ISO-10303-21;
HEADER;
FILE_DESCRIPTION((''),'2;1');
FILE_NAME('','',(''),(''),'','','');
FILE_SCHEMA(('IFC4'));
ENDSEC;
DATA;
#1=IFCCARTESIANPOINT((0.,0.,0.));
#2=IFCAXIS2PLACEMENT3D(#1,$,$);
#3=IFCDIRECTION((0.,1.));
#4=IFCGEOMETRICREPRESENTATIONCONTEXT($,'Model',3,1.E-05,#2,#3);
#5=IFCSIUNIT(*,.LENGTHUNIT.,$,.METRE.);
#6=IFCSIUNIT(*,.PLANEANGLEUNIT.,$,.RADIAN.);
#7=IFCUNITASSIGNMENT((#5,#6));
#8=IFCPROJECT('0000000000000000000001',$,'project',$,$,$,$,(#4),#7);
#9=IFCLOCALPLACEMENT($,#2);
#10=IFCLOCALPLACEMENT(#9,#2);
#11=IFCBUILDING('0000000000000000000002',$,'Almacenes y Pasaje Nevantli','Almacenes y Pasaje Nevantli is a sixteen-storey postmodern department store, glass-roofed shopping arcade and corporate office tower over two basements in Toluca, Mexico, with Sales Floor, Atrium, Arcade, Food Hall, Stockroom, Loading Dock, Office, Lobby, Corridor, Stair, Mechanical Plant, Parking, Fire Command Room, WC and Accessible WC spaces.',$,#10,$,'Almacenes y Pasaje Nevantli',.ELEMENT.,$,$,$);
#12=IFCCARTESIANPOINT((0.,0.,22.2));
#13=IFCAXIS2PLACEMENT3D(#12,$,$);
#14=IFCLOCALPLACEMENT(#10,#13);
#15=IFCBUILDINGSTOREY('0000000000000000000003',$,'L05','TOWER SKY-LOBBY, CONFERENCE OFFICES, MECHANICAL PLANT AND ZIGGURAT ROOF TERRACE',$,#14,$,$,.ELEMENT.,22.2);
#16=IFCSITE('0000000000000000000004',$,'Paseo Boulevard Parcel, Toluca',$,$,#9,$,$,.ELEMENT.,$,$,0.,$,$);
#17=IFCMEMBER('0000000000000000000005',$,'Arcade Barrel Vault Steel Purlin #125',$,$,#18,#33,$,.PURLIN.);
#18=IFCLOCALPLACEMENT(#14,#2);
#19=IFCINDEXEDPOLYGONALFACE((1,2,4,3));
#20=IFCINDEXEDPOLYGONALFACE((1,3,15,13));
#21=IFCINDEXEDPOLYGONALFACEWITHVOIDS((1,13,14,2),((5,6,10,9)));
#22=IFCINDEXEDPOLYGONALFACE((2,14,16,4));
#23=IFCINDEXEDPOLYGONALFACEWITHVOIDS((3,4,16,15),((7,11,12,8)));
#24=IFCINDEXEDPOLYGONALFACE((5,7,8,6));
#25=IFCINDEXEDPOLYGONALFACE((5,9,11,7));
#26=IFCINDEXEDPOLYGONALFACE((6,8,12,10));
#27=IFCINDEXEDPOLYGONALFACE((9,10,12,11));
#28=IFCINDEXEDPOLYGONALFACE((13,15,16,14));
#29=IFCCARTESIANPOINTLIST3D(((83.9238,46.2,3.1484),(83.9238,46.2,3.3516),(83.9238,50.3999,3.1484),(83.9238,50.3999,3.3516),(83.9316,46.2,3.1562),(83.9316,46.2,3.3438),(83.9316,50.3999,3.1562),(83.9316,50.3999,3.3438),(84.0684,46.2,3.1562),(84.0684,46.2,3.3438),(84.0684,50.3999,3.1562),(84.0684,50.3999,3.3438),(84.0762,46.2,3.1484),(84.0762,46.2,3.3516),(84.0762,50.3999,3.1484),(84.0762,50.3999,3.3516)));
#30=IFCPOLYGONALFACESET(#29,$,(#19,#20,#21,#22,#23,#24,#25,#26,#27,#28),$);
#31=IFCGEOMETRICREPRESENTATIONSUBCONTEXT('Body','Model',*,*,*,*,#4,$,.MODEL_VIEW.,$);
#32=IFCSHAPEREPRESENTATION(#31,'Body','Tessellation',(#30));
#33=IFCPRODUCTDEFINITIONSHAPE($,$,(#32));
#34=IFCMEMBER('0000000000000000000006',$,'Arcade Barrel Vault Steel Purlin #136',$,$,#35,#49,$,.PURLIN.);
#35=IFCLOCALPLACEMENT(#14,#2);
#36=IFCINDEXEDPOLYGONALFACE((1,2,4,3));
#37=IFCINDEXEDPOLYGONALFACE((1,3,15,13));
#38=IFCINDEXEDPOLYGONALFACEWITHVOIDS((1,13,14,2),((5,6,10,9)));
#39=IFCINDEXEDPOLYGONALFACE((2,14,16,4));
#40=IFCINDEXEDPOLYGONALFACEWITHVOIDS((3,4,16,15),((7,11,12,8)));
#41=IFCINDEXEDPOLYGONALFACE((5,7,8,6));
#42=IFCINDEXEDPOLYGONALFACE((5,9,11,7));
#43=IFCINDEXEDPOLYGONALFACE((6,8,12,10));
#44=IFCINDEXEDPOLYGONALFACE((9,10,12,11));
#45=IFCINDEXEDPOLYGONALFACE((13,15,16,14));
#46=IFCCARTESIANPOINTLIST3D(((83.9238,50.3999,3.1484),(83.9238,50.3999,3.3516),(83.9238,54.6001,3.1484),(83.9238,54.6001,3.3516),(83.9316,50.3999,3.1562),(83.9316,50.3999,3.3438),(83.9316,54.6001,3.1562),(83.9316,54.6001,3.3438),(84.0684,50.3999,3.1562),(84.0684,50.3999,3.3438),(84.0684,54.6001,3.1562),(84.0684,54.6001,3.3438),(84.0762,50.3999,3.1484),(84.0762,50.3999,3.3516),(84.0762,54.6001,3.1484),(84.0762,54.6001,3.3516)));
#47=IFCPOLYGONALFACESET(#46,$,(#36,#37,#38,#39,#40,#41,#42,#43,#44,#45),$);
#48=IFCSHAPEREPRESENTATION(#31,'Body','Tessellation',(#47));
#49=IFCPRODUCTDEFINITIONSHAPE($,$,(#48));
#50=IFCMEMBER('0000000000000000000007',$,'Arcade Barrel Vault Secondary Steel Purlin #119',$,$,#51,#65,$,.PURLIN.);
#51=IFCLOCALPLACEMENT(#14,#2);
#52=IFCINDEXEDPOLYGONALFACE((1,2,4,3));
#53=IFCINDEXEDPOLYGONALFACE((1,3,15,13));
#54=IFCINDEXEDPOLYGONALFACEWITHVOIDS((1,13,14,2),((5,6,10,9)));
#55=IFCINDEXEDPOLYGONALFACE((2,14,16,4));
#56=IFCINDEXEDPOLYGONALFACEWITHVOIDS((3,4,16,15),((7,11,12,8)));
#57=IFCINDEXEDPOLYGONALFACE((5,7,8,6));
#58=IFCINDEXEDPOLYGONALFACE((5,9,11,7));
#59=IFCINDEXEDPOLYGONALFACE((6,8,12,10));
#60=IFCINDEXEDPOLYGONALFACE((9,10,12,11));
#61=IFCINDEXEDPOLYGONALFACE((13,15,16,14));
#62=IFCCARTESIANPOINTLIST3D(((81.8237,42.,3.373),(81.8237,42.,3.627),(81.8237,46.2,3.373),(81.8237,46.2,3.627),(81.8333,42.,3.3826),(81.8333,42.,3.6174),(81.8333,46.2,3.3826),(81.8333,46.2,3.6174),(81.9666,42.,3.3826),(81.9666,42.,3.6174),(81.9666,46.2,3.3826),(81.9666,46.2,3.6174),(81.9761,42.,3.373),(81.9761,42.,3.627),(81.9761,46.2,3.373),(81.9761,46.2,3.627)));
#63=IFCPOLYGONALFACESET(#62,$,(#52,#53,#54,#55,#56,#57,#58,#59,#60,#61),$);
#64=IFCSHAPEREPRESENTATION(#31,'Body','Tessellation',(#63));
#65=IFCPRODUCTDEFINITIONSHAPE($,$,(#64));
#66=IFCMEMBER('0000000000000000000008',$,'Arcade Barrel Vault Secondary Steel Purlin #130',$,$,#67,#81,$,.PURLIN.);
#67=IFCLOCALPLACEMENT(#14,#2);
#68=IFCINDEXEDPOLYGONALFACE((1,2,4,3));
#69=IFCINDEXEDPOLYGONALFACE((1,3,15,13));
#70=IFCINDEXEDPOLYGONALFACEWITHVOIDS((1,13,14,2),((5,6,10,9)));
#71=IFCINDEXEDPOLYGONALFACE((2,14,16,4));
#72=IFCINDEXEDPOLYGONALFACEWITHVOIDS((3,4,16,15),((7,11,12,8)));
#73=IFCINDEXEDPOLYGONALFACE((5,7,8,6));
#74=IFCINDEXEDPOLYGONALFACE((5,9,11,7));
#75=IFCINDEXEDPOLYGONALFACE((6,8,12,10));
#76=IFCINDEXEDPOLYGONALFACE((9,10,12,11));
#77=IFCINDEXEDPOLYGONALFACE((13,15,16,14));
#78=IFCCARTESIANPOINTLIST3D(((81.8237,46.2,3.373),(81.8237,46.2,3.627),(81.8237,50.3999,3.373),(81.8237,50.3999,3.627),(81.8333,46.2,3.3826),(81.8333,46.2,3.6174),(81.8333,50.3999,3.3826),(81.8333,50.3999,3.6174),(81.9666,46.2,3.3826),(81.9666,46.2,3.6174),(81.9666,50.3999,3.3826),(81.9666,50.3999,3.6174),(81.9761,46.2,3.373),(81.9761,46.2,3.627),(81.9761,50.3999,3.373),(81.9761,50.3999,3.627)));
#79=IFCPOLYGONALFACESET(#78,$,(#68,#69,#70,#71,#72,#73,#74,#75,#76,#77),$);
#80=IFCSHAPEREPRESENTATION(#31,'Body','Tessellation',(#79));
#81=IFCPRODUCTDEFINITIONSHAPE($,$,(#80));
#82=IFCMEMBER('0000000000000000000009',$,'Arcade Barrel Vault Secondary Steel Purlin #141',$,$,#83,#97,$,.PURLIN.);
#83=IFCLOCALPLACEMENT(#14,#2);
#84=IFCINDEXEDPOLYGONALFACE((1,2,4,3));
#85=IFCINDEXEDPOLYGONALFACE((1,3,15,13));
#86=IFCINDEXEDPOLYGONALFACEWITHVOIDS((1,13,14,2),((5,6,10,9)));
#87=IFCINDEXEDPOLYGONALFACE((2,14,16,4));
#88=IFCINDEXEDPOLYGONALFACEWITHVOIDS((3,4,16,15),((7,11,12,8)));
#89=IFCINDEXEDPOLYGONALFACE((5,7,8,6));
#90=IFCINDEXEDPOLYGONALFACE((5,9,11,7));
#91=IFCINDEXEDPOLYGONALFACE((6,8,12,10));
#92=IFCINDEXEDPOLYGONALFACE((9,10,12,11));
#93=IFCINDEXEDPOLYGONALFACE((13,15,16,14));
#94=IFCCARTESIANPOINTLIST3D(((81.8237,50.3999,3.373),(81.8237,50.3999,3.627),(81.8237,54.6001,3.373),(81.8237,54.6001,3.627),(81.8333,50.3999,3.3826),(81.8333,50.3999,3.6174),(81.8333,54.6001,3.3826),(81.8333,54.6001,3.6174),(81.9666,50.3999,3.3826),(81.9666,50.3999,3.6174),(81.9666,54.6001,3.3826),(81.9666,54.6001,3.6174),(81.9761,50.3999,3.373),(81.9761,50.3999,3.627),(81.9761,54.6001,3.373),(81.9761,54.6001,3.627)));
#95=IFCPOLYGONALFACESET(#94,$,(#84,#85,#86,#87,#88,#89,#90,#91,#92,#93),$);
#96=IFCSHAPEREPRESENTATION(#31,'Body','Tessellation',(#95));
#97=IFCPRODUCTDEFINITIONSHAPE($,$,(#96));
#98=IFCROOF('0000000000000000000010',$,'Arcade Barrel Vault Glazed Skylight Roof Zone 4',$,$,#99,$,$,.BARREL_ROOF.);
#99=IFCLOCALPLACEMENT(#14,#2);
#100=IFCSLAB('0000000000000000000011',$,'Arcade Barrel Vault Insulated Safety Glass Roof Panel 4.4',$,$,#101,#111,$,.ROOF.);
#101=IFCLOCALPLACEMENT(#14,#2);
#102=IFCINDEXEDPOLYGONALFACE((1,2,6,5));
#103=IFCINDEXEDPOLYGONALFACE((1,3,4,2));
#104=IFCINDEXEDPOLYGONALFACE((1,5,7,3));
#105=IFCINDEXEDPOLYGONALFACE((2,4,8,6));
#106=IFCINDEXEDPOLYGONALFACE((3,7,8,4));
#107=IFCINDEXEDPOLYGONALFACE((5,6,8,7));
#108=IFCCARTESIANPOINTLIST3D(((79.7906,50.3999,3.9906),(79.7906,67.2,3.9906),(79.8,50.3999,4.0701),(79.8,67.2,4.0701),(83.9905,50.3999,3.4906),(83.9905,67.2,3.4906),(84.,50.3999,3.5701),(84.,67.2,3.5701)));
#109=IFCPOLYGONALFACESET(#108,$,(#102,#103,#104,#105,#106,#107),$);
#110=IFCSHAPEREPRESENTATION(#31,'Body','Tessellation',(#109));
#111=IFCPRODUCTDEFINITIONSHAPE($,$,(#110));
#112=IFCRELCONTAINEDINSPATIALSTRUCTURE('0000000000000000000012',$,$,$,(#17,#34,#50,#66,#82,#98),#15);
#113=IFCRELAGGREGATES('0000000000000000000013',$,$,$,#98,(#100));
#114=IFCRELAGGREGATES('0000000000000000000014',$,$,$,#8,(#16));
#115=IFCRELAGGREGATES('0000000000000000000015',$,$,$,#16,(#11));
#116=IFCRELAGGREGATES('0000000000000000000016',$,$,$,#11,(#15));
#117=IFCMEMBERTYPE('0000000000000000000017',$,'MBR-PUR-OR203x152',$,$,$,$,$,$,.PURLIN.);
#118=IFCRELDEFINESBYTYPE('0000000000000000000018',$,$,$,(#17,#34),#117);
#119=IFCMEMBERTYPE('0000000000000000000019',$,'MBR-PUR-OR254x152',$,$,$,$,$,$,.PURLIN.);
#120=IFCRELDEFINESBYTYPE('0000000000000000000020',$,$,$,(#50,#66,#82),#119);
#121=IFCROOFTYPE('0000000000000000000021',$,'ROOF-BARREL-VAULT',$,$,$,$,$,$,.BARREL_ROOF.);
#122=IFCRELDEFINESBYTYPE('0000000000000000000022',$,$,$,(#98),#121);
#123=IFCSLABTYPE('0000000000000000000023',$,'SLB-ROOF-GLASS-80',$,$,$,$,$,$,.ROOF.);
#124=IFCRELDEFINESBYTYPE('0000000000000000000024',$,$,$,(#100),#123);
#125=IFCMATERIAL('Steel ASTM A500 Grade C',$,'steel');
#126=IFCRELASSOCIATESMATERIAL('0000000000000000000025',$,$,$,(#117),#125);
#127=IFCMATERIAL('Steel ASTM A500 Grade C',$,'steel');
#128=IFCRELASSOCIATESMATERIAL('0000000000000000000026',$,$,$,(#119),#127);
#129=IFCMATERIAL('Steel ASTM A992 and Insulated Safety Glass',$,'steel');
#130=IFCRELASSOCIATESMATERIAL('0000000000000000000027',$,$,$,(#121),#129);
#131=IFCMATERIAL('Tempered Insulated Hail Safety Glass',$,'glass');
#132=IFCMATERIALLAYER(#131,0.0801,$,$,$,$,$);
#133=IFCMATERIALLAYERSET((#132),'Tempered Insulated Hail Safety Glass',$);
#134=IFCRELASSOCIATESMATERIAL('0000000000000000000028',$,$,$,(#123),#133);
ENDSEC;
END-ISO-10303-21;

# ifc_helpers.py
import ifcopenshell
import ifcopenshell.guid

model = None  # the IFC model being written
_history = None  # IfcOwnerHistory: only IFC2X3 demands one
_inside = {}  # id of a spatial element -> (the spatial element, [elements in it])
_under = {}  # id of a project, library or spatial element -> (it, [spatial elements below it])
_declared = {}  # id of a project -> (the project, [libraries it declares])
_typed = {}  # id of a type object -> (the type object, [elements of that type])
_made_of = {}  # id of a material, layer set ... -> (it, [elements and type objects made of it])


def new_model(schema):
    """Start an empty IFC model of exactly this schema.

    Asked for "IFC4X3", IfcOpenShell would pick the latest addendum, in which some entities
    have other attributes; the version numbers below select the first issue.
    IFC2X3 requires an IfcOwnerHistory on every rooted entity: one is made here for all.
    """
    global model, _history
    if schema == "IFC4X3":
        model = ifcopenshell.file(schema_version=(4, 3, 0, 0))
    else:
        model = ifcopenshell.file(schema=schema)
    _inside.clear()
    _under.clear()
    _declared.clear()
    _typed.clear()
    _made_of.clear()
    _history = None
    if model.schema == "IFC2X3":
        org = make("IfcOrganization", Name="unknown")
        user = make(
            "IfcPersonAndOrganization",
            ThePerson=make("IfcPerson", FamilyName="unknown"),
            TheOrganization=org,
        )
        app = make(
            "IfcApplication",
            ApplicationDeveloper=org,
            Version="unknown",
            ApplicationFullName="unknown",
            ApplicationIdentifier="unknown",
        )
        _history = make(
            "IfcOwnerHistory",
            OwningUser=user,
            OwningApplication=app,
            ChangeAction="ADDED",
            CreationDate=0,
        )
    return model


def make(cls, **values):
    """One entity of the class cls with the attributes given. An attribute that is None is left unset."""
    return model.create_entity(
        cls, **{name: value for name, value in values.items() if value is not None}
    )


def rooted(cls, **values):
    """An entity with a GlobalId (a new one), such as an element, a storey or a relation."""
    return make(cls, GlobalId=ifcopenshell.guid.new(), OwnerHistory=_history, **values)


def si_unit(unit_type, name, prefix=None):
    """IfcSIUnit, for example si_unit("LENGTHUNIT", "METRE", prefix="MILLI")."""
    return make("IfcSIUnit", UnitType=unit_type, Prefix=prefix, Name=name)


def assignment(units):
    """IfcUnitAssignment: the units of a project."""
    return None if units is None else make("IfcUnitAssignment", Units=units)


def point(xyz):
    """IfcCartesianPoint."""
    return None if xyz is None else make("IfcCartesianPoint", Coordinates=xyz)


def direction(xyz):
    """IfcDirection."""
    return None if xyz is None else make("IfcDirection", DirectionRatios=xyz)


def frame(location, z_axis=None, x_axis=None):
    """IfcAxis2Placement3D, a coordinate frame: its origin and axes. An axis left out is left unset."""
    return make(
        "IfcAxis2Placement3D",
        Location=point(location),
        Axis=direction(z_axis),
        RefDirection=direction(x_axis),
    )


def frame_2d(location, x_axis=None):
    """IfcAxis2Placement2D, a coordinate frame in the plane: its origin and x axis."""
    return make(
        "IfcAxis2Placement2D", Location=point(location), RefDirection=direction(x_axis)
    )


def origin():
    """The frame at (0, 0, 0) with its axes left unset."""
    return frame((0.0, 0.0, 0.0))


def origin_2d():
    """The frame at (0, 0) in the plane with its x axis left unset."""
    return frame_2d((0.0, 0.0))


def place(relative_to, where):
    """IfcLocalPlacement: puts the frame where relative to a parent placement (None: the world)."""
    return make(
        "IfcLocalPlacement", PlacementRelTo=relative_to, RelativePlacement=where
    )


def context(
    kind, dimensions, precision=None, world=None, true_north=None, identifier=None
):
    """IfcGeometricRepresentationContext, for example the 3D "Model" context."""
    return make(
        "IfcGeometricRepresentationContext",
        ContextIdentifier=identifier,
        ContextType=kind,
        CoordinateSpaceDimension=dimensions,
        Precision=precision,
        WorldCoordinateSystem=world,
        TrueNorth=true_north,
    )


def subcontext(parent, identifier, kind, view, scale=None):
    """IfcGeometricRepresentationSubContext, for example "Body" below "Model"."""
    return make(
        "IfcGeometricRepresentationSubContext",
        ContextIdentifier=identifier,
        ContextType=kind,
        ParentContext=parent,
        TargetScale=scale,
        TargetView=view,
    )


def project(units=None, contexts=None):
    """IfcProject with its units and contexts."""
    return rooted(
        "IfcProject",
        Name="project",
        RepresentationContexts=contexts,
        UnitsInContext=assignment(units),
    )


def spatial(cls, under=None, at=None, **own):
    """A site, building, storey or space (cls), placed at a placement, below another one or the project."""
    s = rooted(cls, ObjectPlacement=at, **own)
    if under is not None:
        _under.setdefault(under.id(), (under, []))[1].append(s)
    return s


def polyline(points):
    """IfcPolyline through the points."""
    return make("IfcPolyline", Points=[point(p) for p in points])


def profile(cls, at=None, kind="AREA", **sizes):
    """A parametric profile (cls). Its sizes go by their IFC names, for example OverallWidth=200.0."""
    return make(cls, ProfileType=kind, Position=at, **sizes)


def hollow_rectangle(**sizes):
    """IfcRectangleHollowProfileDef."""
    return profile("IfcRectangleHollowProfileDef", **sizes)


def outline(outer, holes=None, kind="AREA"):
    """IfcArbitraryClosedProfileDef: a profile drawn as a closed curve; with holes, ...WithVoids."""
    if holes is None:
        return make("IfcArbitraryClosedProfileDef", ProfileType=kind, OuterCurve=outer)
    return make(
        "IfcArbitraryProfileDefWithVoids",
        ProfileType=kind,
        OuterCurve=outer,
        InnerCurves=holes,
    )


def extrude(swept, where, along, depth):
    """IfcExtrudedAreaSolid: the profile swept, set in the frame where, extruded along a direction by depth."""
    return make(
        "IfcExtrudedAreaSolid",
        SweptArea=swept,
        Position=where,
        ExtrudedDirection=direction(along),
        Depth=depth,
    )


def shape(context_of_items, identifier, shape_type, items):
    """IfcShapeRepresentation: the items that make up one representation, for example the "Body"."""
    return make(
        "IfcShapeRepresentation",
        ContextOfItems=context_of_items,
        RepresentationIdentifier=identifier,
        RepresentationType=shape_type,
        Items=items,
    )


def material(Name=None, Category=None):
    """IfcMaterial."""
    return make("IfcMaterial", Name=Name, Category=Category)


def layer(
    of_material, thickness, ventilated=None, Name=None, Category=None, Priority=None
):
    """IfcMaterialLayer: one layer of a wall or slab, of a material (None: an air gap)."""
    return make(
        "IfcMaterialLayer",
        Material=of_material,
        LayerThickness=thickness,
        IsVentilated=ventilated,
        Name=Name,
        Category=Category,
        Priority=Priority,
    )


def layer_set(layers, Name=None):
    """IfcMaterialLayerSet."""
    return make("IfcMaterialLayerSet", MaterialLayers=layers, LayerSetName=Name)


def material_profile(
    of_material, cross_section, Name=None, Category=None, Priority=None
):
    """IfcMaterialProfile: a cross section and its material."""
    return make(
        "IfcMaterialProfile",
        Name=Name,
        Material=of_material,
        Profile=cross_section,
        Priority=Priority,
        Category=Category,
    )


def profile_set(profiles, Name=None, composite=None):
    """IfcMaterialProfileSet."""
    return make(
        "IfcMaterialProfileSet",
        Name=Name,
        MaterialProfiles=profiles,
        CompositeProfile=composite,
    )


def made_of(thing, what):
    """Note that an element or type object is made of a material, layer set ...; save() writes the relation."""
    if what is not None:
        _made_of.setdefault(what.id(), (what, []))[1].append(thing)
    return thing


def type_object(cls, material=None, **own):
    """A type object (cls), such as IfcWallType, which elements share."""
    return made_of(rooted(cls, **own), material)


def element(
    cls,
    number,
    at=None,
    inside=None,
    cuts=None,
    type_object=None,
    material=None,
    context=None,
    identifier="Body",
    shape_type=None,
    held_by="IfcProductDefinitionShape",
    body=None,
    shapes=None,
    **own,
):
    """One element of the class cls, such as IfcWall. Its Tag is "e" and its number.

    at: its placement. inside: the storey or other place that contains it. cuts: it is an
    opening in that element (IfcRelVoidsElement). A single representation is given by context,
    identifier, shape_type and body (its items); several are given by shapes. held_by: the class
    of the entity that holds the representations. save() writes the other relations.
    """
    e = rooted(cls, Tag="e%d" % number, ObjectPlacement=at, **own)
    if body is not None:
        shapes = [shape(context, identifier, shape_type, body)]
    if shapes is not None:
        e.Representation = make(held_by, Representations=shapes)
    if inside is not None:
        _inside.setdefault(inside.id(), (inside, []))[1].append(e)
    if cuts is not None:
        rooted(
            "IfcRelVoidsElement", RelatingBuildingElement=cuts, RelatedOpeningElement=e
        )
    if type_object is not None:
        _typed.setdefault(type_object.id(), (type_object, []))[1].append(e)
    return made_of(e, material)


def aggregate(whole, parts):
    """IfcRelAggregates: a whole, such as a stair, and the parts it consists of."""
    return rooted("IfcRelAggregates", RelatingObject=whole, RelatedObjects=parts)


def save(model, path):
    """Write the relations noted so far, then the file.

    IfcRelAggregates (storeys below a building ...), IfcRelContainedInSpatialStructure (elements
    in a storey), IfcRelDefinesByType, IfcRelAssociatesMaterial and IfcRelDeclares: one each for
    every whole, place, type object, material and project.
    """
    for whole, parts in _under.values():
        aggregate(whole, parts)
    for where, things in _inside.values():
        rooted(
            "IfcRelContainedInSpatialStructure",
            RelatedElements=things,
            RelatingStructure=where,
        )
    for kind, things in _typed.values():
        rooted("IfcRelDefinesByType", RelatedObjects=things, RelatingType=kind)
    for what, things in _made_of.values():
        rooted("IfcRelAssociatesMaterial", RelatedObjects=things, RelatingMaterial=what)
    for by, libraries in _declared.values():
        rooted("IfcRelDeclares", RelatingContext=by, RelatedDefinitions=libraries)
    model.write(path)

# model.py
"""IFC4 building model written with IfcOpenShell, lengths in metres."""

from ifc_helpers import new_model, si_unit, direction, frame, origin, origin_2d, place, context, subcontext, project, spatial, polyline, hollow_rectangle, outline, extrude, material, layer, layer_set, material_profile, profile_set, type_object, element, aggregate, save


model = new_model("IFC4")

# Units and contexts
model_context = context("Model", 3, precision=1e-05, world=origin(), true_north=direction((0.0, 1.0)))
body_context = subcontext(model_context, "Body", "Model", "MODEL_VIEW")
ifc_project = project(units=[si_unit("LENGTHUNIT", "METRE"), si_unit("PLANEANGLEUNIT", "RADIAN")], contexts=[model_context])

# Site, building, storey
site_placement = place(None, origin())
site = spatial("IfcSite", under=ifc_project, at=site_placement, Name="Paseo Boulevard Parcel, Toluca", CompositionType="ELEMENT", RefElevation=0.0)
building_placement = place(site_placement, origin())
building = spatial("IfcBuilding", under=site, at=building_placement, Name="Almacenes y Pasaje Nevantli", Description="Almacenes y Pasaje Nevantli is a sixteen-storey postmodern department store, glass-roofed shopping arcade and corporate office tower over two basements in Toluca, Mexico, with Sales Floor, Atrium, Arcade, Food Hall, Stockroom, Loading Dock, Office, Lobby, Corridor, Stair, Mechanical Plant, Parking, Fire Command Room, WC and Accessible WC spaces.", LongName="Almacenes y Pasaje Nevantli", CompositionType="ELEMENT")
storey_placement = place(building_placement, frame((0.0, 0.0, 22.2)))
storey = spatial("IfcBuildingStorey", under=building, at=storey_placement, Name="L05", Description="TOWER SKY-LOBBY, CONFERENCE OFFICES, MECHANICAL PLANT AND ZIGGURAT ROOF TERRACE", CompositionType="ELEMENT", Elevation=22.2)

# Members
ifc_material_1 = material(Name="Steel ASTM A500 Grade C", Category="steel")
ifc_material_profile_1 = material_profile(ifc_material_1, hollow_rectangle(XDim=0.1523, YDim=0.2031, WallThickness=0.0078, at=origin_2d()), Name="OR 203x152x7.9")
ifc_profile_set_1 = profile_set([ifc_material_profile_1], Name="Steel ASTM A500 Grade C")
member_type_1 = type_object("IfcMemberType", Name="MBR-PUR-OR203x152", PredefinedType="PURLIN", material=ifc_profile_set_1)
for number, where, z_axis, x_axis, name in (
    (1, (84.0, 46.2, 3.25), (0.0, 1.0, 0.0), (-1.0, 0.0, 0.0), "Arcade Barrel Vault Steel Purlin #125"),
):
    element("IfcMember", number, at=place(storey_placement, frame(where, z_axis=z_axis, x_axis=x_axis)), inside=storey, type_object=member_type_1, Name=name, PredefinedType="PURLIN", context=body_context, shape_type="SweptSolid", body=[
        extrude(hollow_rectangle(XDim=0.1523, YDim=0.2031, WallThickness=0.0078, at=origin_2d()), origin(), (0.0, 0.0, 1.0), 4.2),
    ])
member_1_placement = place(storey_placement, frame((84.0, 50.3999, 3.25), z_axis=(0.0, 1.0, 0.0), x_axis=(-1.0, 0.0, 0.0)))
element("IfcMember", 2, at=member_1_placement, inside=storey, type_object=member_type_1, Name="Arcade Barrel Vault Steel Purlin #136", PredefinedType="PURLIN", context=body_context, shape_type="SweptSolid", body=[
    extrude(hollow_rectangle(XDim=0.1523, YDim=0.2031, WallThickness=0.0078, at=origin_2d()), origin(), (0.0, 0.0, 1.0), 4.2002),
])
ifc_material_2 = material(Name="Steel ASTM A500 Grade C", Category="steel")
ifc_material_profile_2 = material_profile(ifc_material_2, hollow_rectangle(XDim=0.1523, YDim=0.2539, WallThickness=0.0095, at=origin_2d()), Name="OR 254x152x9.5")
ifc_profile_set_2 = profile_set([ifc_material_profile_2], Name="Steel ASTM A500 Grade C")
member_type_2 = type_object("IfcMemberType", Name="MBR-PUR-OR254x152", PredefinedType="PURLIN", material=ifc_profile_set_2)
for number, where, z_axis, x_axis, name in (
    (3, (81.8999, 42.0, 3.5), (0.0, 1.0, 0.0), (-1.0, 0.0, 0.0), "Arcade Barrel Vault Secondary Steel Purlin #119"),
    (4, (81.8999, 46.2, 3.5), (0.0, 1.0, 0.0), (-1.0, 0.0, 0.0), "Arcade Barrel Vault Secondary Steel Purlin #130"),
):
    element("IfcMember", number, at=place(storey_placement, frame(where, z_axis=z_axis, x_axis=x_axis)), inside=storey, type_object=member_type_2, Name=name, PredefinedType="PURLIN", context=body_context, shape_type="SweptSolid", body=[
        extrude(hollow_rectangle(XDim=0.1523, YDim=0.2539, WallThickness=0.0095, at=origin_2d()), origin(), (0.0, 0.0, 1.0), 4.2),
    ])
member_2_placement = place(storey_placement, frame((81.8999, 50.3999, 3.5), z_axis=(0.0, 1.0, 0.0), x_axis=(-1.0, 0.0, 0.0)))
element("IfcMember", 5, at=member_2_placement, inside=storey, type_object=member_type_2, Name="Arcade Barrel Vault Secondary Steel Purlin #141", PredefinedType="PURLIN", context=body_context, shape_type="SweptSolid", body=[
    extrude(hollow_rectangle(XDim=0.1523, YDim=0.2539, WallThickness=0.0095, at=origin_2d()), origin(), (0.0, 0.0, 1.0), 4.2002),
])

# Roof, slab
ifc_material_3 = material(Name="Steel ASTM A992 and Insulated Safety Glass", Category="steel")
roof_type = type_object("IfcRoofType", Name="ROOF-BARREL-VAULT", PredefinedType="BARREL_ROOF", material=ifc_material_3)
roof_placement = place(storey_placement, origin())
roof = element("IfcRoof", 6, at=roof_placement, inside=storey, type_object=roof_type, Name="Arcade Barrel Vault Glazed Skylight Roof Zone 4", PredefinedType="BARREL_ROOF")
ifc_material_4 = material(Name="Tempered Insulated Hail Safety Glass", Category="glass")
ifc_layer = layer(ifc_material_4, 0.0801)
ifc_layer_set = layer_set([ifc_layer], Name="Tempered Insulated Hail Safety Glass")
slab_type = type_object("IfcSlabType", Name="SLB-ROOF-GLASS-80", PredefinedType="ROOF", material=ifc_layer_set)
slab_placement = place(storey_placement, frame((79.8, 50.3999, 4.0701), z_axis=(0.118214, 0.0, 0.992988), x_axis=(0.992988, 0.0, -0.118214)))
slab = element("IfcSlab", 7, at=slab_placement, type_object=slab_type, Name="Arcade Barrel Vault Insulated Safety Glass Roof Panel 4.4", PredefinedType="ROOF", context=body_context, shape_type="SweptSolid", body=[
    extrude(outline(polyline([(0.0, 0.0), (4.2296, 0.0), (4.2296, 16.8), (0.0, 16.8), (0.0, 0.0)])), origin(), (0.0, 0.0, -1.0), 0.0801),
])
aggregate(roof, [slab])

save(model, "model.ifc")
